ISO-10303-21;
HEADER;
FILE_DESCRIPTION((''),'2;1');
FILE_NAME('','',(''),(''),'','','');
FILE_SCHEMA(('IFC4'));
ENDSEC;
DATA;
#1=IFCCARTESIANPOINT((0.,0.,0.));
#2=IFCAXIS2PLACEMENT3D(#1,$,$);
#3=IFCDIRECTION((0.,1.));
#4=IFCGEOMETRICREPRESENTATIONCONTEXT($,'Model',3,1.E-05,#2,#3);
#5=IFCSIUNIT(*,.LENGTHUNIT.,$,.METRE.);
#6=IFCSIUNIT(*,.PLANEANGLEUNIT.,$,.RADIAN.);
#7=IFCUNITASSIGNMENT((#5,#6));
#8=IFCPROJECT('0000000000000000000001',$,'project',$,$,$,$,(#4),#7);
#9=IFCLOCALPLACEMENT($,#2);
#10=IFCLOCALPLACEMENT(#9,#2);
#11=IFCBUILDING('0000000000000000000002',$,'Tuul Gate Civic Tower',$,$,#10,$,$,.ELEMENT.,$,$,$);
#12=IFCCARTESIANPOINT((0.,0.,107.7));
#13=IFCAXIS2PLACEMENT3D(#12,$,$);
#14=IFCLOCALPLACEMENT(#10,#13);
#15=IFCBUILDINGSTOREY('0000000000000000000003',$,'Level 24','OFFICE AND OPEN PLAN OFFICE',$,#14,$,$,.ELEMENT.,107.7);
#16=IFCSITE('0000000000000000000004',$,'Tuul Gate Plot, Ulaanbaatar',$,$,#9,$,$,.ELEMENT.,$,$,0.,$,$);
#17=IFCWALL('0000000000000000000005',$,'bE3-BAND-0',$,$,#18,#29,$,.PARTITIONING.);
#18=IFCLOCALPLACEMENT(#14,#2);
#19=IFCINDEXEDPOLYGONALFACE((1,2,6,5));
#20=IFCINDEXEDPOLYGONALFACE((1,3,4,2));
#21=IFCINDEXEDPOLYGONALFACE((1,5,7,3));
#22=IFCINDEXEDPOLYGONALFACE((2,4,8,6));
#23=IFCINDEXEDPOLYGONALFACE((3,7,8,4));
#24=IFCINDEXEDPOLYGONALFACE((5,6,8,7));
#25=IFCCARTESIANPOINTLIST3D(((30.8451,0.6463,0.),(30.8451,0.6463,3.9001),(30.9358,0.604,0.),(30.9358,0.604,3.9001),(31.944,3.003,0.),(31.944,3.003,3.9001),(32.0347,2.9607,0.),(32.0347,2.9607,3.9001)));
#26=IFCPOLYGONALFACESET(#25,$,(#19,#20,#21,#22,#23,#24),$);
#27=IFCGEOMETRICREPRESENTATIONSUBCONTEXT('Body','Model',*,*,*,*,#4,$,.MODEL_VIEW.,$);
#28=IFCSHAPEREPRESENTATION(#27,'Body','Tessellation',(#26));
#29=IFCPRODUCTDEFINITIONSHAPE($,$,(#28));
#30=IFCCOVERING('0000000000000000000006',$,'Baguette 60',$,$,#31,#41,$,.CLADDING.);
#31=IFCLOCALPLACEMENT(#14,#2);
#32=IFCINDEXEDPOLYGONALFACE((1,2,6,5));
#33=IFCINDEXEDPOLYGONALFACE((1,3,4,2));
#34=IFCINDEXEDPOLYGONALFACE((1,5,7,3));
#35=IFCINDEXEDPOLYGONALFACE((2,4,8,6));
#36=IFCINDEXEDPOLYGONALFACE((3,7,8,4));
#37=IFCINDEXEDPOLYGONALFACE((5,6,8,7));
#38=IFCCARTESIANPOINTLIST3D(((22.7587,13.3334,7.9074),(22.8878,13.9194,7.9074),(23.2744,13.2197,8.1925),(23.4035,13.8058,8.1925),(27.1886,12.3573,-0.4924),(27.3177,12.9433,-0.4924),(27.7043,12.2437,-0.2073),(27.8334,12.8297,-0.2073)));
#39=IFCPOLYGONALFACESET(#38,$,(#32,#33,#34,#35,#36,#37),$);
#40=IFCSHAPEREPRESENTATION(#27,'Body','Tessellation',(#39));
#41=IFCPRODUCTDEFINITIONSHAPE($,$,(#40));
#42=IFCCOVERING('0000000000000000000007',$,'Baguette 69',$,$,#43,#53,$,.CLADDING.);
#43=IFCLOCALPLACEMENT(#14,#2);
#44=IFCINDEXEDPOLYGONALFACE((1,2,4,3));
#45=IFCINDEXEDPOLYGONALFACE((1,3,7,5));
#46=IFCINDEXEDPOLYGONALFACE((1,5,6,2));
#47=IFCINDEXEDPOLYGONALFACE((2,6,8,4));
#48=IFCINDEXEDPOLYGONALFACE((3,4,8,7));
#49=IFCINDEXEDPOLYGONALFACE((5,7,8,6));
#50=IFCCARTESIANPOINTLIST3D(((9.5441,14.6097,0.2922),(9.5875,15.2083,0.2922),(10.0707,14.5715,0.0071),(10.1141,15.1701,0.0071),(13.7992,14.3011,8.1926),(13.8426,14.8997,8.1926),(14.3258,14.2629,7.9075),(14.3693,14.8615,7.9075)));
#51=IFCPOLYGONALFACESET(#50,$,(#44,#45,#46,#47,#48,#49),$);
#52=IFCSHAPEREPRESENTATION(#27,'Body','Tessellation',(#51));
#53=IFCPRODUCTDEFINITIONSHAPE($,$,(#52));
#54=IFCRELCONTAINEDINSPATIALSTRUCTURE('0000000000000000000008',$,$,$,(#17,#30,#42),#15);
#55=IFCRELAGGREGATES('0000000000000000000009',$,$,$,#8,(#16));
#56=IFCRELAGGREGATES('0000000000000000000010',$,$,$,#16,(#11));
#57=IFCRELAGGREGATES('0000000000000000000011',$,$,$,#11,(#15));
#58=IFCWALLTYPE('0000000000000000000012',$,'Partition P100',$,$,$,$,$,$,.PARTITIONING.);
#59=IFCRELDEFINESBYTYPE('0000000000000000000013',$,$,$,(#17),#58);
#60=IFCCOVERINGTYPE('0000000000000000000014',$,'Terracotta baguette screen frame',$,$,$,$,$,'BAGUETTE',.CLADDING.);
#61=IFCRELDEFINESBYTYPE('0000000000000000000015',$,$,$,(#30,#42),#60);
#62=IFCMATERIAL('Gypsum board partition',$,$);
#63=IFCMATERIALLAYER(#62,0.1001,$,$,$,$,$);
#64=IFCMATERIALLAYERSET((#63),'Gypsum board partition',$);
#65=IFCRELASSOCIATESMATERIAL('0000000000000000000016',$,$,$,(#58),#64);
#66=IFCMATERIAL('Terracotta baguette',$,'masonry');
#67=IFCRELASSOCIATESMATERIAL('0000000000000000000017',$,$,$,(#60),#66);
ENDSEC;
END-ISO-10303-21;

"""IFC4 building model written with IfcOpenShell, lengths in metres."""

from ifc_helpers import new_model, si_unit, direction, frame, frame_2d, origin, origin_2d, place, context, subcontext, project, spatial, rectangle, extrude, material, layer, layer_set, material_profile, profile_set, type_object, element, save


model = new_model("IFC4")

# Units and contexts
model_context = context("Model", 3, precision=1e-05, world=origin(), true_north=direction((0.0, 1.0)))
body_context = subcontext(model_context, "Body", "Model", "MODEL_VIEW")
ifc_project = project(units=[si_unit("LENGTHUNIT", "METRE"), si_unit("PLANEANGLEUNIT", "RADIAN")], contexts=[model_context])

# Site, building, storey
site_placement = place(None, origin())
site = spatial("IfcSite", under=ifc_project, at=site_placement, Name="Tuul Gate Plot, Ulaanbaatar", CompositionType="ELEMENT", RefElevation=0.0)
building_placement = place(site_placement, origin())
building = spatial("IfcBuilding", under=site, at=building_placement, Name="Tuul Gate Civic Tower", CompositionType="ELEMENT")
storey_placement = place(building_placement, frame((0.0, 0.0, 107.7)))
storey = spatial("IfcBuildingStorey", under=building, at=storey_placement, Name="Level 24", Description="OFFICE AND OPEN PLAN OFFICE", CompositionType="ELEMENT", Elevation=107.7)

# Wall
ifc_material_1 = material(Name="Gypsum board partition")
ifc_layer_1 = layer(ifc_material_1, 0.1001)
ifc_layer_set_1 = layer_set([ifc_layer_1], Name="Gypsum board partition")
wall_type_1 = type_object("IfcWallType", Name="Partition P100", PredefinedType="PARTITIONING", material=ifc_layer_set_1)
wall_1_placement = place(storey_placement, frame((30.8904, 0.625, 0.0), z_axis=(0.0, 0.0, 1.0), x_axis=(0.422598, 0.906317, 0.0)))
element("IfcWall", 1, at=wall_1_placement, inside=storey, type_object=wall_type_1, Name="bE3-BAND-0", PredefinedType="PARTITIONING", context=body_context, shape_type="SweptSolid", body=[
    extrude(rectangle(XDim=2.6003, YDim=0.1001, at=frame_2d((1.3003, 0.0))), origin(), (0.0, 0.0, 1.0), 3.9001),
])

# Coverings
ifc_material_2 = material(Name="Terracotta baguette", Category="masonry")
ifc_material_profile_1 = material_profile(ifc_material_2, rectangle(XDim=0.6001, YDim=0.6001, at=origin_2d()), Name="Terracotta baguette screen frame")
ifc_profile_set_1 = profile_set([ifc_material_profile_1], Name="Terracotta baguette")
covering_type = type_object("IfcCoveringType", Name="Terracotta baguette screen frame", ElementType="BAGUETTE", PredefinedType="CLADDING", material=ifc_profile_set_1)
covering_1_placement = place(storey_placement, frame((27.511, 12.5935, -0.3499), z_axis=(-0.464038, 0.102244, 0.879895), x_axis=(-0.215175, -0.976576, 0.0)))
element("IfcCovering", 2, at=covering_1_placement, inside=storey, type_object=covering_type, Name="Baguette 60", PredefinedType="CLADDING", context=body_context, shape_type="SweptSolid", body=[
    extrude(rectangle(XDim=0.6001, YDim=0.6001, at=origin_2d()), origin(), (0.0, 0.0, 1.0), 9.5464),
])
covering_2_placement = place(storey_placement, frame((14.0842, 14.5813, 8.05), z_axis=(-0.473912, 0.034369, -0.879901), x_axis=(-0.072333, -0.997381, 0.0)))
element("IfcCovering", 3, at=covering_2_placement, inside=storey, type_object=covering_type, Name="Baguette 69", PredefinedType="CLADDING", context=body_context, shape_type="SweptSolid", body=[
    extrude(rectangle(XDim=0.6001, YDim=0.6001, at=origin_2d()), origin(), (0.0, 0.0, 1.0), 8.9788),
])

save(model, "model.ifc")
